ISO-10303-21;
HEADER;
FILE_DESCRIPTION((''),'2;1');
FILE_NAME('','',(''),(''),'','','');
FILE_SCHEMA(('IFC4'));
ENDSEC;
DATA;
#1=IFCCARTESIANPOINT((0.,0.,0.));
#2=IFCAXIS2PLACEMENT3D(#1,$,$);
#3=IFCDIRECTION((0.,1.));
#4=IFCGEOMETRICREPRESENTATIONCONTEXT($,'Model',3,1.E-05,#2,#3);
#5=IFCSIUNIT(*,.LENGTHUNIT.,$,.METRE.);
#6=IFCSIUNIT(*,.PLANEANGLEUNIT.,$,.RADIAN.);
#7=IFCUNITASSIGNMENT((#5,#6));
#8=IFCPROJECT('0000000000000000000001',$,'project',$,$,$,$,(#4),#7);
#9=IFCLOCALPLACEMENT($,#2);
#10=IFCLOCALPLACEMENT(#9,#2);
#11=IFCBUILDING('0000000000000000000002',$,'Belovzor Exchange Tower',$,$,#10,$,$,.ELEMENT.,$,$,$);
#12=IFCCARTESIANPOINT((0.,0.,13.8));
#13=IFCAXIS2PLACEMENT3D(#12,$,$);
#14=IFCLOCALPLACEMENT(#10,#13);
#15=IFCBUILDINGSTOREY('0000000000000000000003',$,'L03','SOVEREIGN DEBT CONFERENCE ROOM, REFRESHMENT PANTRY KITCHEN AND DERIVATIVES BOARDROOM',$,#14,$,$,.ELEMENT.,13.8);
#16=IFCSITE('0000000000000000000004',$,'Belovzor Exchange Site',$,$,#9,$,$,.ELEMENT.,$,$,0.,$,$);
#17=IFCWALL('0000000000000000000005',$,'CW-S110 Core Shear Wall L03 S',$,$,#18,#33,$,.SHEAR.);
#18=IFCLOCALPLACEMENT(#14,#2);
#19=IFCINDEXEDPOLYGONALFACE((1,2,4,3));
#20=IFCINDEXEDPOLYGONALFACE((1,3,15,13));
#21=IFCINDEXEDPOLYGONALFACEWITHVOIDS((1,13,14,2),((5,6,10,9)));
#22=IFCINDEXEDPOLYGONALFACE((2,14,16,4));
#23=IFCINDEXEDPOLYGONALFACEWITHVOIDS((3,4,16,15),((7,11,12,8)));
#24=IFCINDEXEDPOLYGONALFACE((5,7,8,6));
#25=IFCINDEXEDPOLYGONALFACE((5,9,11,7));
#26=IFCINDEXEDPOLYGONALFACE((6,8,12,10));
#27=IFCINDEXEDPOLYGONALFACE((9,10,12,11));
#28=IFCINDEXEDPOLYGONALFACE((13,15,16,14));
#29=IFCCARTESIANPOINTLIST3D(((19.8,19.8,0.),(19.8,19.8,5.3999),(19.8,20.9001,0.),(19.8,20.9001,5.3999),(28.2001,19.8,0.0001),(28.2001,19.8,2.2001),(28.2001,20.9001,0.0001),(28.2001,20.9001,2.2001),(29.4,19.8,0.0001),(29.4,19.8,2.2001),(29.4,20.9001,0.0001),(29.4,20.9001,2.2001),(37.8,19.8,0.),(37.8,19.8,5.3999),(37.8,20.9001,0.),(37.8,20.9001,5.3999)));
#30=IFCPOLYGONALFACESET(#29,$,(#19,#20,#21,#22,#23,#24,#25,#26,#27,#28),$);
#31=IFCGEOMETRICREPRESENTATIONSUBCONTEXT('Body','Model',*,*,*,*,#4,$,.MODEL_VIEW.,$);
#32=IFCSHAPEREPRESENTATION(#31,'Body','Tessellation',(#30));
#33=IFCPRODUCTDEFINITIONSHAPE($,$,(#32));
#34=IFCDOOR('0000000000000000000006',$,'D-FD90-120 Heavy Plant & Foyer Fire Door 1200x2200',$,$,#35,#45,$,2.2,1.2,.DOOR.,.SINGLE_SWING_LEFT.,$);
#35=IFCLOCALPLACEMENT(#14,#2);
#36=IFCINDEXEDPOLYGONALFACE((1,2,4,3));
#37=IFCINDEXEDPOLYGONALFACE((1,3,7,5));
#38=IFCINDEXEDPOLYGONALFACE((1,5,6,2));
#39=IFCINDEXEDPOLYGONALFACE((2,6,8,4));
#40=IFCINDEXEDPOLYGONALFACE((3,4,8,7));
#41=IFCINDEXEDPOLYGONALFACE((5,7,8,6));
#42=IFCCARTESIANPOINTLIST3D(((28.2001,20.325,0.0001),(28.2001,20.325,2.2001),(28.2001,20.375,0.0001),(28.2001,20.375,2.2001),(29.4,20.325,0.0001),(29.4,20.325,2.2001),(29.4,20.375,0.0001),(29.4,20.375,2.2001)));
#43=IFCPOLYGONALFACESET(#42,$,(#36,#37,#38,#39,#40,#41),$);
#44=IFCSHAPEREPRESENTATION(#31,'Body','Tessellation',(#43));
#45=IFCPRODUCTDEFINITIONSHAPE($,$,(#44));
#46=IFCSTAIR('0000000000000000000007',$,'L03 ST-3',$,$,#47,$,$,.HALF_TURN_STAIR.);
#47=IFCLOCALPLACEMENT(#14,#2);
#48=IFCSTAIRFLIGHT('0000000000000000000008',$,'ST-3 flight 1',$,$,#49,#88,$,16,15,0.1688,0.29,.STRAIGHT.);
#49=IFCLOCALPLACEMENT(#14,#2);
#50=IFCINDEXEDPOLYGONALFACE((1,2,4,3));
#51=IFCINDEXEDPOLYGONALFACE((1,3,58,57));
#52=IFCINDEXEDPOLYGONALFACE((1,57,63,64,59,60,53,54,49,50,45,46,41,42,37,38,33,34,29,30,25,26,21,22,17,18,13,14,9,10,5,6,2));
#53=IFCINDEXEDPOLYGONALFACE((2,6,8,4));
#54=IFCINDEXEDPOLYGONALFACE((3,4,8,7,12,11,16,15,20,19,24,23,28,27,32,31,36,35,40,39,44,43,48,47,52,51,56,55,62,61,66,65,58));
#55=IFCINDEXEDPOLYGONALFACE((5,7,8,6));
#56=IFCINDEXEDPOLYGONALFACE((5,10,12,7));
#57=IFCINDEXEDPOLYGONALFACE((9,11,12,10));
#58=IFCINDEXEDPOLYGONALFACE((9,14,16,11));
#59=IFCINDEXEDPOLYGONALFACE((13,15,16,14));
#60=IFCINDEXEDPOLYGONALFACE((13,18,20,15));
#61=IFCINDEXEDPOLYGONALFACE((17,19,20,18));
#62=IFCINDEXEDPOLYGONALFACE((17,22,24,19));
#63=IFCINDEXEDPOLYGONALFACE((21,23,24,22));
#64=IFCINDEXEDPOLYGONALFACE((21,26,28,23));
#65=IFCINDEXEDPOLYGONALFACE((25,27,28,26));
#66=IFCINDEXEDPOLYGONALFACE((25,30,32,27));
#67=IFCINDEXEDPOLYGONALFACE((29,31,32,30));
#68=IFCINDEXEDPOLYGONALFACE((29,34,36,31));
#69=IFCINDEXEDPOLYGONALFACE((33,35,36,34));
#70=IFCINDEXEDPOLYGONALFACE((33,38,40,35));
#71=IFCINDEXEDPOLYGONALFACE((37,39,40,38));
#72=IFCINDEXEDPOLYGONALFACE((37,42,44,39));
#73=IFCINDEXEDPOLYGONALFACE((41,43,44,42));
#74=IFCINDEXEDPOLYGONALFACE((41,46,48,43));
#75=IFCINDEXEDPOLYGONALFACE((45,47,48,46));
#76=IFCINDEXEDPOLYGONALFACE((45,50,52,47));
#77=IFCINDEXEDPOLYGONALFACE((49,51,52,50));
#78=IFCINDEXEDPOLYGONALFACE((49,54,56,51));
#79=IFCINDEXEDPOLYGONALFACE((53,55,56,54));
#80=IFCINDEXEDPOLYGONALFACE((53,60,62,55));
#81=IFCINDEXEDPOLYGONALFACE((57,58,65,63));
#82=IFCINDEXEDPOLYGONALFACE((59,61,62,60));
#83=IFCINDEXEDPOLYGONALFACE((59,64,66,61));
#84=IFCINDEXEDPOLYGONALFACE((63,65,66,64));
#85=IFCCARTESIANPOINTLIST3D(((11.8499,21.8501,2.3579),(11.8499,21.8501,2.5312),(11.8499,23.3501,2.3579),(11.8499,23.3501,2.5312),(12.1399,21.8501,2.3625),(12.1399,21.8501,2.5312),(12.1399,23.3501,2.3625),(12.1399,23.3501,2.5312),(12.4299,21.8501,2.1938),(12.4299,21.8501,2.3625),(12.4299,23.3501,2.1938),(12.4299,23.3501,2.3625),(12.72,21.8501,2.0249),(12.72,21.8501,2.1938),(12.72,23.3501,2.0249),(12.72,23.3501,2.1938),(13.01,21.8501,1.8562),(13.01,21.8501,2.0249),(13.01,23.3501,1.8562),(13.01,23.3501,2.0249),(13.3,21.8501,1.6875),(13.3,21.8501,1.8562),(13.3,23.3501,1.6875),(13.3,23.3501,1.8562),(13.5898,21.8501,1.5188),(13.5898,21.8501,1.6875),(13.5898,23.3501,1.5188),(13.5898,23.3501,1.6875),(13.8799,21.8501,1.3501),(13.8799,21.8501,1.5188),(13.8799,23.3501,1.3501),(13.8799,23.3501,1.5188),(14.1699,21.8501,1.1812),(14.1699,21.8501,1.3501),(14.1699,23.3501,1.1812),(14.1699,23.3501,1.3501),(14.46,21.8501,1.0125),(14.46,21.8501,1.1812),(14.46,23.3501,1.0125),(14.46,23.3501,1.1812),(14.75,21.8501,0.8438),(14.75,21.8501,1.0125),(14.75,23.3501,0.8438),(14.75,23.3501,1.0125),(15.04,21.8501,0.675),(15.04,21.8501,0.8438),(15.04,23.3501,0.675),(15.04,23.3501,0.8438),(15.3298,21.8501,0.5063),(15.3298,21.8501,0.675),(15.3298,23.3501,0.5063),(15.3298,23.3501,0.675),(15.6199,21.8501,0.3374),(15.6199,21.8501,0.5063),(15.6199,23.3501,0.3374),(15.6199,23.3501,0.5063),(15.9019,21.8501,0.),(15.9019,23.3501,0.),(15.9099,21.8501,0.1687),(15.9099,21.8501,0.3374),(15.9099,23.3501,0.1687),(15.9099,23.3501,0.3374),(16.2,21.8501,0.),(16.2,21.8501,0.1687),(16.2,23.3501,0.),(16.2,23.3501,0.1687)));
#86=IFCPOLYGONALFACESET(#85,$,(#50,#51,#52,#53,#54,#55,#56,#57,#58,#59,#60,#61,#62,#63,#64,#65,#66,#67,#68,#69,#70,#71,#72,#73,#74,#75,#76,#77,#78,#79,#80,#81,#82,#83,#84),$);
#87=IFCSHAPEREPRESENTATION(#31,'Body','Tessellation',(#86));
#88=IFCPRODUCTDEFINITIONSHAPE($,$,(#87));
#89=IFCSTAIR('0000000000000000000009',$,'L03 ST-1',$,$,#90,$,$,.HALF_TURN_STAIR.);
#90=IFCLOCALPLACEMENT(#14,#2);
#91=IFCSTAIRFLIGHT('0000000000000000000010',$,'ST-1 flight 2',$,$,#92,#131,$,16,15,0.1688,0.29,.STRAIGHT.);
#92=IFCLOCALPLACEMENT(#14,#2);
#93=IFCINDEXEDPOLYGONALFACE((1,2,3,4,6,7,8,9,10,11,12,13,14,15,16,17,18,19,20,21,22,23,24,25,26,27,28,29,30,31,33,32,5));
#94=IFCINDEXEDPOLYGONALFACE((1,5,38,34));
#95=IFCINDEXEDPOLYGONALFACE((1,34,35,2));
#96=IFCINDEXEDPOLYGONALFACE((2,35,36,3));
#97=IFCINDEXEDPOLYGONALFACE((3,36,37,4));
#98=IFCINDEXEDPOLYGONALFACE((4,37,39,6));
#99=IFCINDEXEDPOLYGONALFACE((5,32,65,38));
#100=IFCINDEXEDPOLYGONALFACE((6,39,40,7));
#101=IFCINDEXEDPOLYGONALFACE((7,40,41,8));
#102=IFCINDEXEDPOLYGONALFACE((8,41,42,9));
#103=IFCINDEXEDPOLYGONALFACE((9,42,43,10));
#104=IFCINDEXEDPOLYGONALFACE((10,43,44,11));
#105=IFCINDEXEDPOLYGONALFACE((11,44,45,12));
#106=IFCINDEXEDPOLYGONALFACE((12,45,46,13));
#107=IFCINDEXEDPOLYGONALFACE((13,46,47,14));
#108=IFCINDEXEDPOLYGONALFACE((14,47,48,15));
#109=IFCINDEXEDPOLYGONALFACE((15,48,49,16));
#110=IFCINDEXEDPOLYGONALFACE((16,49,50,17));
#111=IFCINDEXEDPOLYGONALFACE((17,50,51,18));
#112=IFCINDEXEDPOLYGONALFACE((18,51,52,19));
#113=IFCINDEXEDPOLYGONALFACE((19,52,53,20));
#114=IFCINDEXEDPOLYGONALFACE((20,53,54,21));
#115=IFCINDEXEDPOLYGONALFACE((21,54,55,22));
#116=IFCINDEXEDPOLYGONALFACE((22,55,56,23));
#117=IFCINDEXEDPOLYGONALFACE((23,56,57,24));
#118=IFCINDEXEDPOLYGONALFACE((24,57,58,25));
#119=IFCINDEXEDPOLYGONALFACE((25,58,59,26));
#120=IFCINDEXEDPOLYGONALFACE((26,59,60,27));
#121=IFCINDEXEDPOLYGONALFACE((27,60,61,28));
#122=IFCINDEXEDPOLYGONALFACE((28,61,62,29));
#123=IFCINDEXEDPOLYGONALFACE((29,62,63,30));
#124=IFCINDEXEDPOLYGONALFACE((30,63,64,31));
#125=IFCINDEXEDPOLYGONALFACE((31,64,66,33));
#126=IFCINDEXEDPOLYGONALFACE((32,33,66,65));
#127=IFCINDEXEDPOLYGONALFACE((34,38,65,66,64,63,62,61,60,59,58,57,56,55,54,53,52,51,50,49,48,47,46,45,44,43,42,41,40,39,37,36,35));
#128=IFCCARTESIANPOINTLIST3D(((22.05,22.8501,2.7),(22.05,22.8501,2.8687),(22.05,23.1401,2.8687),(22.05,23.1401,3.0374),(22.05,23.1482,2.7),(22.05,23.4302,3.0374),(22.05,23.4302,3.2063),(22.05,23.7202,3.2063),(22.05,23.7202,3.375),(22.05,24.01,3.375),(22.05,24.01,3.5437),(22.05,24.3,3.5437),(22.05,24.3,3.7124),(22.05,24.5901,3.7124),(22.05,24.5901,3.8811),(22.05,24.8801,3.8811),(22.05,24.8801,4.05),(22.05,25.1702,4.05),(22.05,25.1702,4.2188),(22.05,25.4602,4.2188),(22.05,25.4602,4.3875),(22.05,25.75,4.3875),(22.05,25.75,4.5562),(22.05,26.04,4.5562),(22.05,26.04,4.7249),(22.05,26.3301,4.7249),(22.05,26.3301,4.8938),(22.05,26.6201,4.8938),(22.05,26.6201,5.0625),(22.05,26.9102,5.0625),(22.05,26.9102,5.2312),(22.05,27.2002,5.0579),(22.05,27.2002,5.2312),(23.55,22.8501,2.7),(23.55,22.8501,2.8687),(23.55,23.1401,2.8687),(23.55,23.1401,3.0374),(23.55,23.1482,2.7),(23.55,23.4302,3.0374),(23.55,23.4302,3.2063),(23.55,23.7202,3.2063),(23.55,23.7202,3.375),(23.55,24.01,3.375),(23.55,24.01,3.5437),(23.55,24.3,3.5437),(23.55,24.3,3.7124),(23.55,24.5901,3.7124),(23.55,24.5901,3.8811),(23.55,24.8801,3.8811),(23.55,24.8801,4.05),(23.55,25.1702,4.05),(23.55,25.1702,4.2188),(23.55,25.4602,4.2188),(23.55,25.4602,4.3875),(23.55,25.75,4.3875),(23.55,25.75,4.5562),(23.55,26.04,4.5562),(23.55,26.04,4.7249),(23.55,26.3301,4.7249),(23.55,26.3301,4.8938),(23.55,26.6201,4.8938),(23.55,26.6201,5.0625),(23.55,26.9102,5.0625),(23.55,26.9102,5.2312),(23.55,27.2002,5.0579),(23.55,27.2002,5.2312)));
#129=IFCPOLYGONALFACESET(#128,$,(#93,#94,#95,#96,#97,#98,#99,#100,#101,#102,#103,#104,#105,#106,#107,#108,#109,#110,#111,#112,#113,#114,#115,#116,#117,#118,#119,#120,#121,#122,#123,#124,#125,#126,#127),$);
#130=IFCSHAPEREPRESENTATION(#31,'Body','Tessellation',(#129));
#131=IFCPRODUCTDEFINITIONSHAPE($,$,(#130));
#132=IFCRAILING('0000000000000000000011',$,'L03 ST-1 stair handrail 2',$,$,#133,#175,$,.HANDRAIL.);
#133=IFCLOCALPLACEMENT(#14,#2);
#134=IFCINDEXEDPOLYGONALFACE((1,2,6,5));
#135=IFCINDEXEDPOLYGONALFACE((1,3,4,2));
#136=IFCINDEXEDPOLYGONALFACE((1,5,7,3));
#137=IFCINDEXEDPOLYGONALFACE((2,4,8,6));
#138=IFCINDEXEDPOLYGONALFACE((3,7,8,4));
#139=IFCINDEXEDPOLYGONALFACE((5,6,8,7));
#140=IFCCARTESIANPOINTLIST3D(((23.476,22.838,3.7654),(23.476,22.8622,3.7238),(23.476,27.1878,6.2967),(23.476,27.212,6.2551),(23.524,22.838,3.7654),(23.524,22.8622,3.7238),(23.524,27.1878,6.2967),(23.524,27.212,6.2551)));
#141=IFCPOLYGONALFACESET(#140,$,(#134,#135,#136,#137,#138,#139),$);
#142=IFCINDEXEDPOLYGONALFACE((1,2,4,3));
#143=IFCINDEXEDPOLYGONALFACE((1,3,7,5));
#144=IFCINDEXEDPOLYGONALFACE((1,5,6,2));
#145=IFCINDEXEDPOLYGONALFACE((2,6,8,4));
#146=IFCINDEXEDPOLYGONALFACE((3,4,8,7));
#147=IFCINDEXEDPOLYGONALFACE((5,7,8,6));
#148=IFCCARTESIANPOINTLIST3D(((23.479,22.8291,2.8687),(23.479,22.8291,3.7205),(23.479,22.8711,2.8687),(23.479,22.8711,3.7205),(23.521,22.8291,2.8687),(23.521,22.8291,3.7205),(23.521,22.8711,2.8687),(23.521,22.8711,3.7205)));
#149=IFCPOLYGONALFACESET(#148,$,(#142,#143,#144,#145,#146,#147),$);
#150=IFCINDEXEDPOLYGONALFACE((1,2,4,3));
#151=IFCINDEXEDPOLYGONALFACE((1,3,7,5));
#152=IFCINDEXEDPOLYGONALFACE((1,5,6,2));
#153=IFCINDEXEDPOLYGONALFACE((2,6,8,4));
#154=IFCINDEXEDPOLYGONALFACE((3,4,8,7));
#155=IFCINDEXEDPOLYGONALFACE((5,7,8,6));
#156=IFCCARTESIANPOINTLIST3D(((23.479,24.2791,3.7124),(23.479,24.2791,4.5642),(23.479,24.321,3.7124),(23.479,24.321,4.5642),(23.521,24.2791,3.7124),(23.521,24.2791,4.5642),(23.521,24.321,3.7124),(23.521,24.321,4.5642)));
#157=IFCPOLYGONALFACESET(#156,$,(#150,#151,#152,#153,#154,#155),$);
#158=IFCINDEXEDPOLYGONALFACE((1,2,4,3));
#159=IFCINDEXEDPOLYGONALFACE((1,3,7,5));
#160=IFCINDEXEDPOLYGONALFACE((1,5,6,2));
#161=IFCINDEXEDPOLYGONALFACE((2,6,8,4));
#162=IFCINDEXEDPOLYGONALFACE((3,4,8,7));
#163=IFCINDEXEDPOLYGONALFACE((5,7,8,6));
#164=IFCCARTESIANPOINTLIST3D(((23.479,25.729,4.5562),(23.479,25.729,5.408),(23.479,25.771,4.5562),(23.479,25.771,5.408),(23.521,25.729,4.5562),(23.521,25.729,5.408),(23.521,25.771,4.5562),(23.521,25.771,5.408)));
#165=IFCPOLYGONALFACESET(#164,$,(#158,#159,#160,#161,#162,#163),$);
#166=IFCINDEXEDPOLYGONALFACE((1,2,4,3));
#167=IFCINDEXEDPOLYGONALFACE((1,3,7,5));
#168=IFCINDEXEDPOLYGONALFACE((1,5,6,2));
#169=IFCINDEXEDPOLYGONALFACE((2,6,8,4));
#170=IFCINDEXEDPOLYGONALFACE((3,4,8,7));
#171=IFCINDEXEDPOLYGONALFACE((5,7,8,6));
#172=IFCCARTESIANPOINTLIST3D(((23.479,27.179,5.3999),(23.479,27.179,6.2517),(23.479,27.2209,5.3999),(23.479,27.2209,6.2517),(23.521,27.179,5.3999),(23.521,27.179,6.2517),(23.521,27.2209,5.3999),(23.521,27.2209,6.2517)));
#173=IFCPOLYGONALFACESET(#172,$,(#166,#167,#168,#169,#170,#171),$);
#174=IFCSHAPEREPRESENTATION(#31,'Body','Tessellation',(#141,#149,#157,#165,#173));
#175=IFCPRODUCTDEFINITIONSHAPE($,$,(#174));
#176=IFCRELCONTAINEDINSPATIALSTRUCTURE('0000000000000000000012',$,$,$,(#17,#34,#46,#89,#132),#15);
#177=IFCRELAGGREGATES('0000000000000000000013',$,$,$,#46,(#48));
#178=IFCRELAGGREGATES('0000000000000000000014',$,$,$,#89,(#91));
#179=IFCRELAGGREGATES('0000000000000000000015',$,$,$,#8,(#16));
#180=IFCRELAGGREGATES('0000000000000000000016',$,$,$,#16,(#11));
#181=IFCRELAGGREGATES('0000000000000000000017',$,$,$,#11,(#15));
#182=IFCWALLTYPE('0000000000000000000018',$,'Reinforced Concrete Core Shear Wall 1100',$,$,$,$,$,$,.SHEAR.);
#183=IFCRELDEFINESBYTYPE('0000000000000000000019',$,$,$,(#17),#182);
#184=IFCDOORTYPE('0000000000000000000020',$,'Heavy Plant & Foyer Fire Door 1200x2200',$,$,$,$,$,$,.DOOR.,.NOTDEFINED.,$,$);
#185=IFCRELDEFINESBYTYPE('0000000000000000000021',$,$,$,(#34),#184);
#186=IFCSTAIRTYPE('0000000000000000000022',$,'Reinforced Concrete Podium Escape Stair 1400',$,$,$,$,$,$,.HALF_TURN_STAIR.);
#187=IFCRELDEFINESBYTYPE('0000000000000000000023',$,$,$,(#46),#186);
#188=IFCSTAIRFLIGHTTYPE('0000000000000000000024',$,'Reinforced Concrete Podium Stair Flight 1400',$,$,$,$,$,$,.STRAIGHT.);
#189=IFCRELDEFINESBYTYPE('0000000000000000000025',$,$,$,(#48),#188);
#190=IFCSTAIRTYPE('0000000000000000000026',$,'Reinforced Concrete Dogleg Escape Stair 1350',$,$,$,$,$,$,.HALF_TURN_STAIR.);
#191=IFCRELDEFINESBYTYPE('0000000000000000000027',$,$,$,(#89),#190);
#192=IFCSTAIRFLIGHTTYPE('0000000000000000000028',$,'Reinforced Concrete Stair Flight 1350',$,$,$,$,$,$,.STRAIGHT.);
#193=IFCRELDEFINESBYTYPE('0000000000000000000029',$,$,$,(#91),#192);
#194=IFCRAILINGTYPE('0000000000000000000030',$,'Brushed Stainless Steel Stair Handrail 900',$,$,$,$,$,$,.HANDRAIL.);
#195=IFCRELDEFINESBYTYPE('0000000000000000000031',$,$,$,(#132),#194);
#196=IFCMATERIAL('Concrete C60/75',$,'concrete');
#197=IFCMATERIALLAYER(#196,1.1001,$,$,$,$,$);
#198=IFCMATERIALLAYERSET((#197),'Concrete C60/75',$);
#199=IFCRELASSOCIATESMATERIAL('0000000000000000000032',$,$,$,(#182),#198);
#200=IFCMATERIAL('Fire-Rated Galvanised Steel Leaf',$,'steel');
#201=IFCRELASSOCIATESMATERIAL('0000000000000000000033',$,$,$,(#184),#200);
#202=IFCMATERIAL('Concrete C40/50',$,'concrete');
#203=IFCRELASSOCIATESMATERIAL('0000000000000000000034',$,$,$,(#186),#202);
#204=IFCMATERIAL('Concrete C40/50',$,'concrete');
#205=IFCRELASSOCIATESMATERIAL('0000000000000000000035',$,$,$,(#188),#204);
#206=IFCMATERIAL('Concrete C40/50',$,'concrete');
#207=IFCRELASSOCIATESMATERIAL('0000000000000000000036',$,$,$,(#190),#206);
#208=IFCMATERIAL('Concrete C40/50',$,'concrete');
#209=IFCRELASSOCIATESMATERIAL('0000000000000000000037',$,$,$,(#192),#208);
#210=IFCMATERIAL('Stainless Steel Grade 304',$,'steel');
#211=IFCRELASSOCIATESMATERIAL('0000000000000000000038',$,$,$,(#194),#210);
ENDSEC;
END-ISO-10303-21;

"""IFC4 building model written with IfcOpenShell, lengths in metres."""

from ifc_helpers import new_model, si_unit, direction, frame, frame_2d, origin, origin_2d, place, context, subcontext, project, spatial, polyline, rectangle, outline, extrude, material, layer, layer_set, type_object, element, fill, aggregate, save


model = new_model("IFC4")

# Units and contexts
model_context = context("Model", 3, precision=1e-05, world=origin(), true_north=direction((0.0, 1.0)))
body_context = subcontext(model_context, "Body", "Model", "MODEL_VIEW")
ifc_project = project(units=[si_unit("LENGTHUNIT", "METRE"), si_unit("PLANEANGLEUNIT", "RADIAN")], contexts=[model_context])

# Site, building, storey
site_placement = place(None, origin())
site = spatial("IfcSite", under=ifc_project, at=site_placement, Name="Belovzor Exchange Site", CompositionType="ELEMENT", RefElevation=0.0)
building_placement = place(site_placement, origin())
building = spatial("IfcBuilding", under=site, at=building_placement, Name="Belovzor Exchange Tower", CompositionType="ELEMENT")
storey_placement = place(building_placement, frame((0.0, 0.0, 13.8)))
storey = spatial("IfcBuildingStorey", under=building, at=storey_placement, Name="L03", Description="SOVEREIGN DEBT CONFERENCE ROOM, REFRESHMENT PANTRY KITCHEN AND DERIVATIVES BOARDROOM", CompositionType="ELEMENT", Elevation=13.8)

# Wall, opening, door
ifc_material_1 = material(Name="Concrete C60/75", Category="concrete")
ifc_layer_1 = layer(ifc_material_1, 1.1001)
ifc_layer_set_1 = layer_set([ifc_layer_1], Name="Concrete C60/75")
wall_type_1 = type_object("IfcWallType", Name="Reinforced Concrete Core Shear Wall 1100", PredefinedType="SHEAR", material=ifc_layer_set_1)
wall_1_placement = place(storey_placement, frame((19.8, 20.3501, 0.0), z_axis=(0.0, 0.0, 1.0), x_axis=(1.0, 0.0, 0.0)))
wall_1 = element("IfcWall", 1, at=wall_1_placement, inside=storey, type_object=wall_type_1, Name="CW-S110 Core Shear Wall L03 S", PredefinedType="SHEAR", context=body_context, shape_type="SweptSolid", body=[
    extrude(rectangle(XDim=18.0, YDim=1.1001, at=frame_2d((9.0, 0.0))), origin(), (0.0, 0.0, 1.0), 5.3999),
])
opening_1_placement = place(wall_1_placement, frame((8.3999, 0.0, 0.0)))
opening_1 = element("IfcOpeningElement", 2, at=opening_1_placement, cuts=wall_1, PredefinedType="OPENING", context=body_context, shape_type="SweptSolid", body=[
    extrude(rectangle(XDim=1.2, YDim=2.2, at=frame_2d((0.6001, 1.1001))), frame((0.0, 0.5601, 0.0), z_axis=(0.0, -1.0, 0.0), x_axis=(1.0, 0.0, 0.0)), (0.0, 0.0, 1.0), 1.1201),
])
ifc_material_2 = material(Name="Fire-Rated Galvanised Steel Leaf", Category="steel")
door_type_1 = type_object("IfcDoorType", Name="Heavy Plant & Foyer Fire Door 1200x2200", OperationType="NOTDEFINED", PredefinedType="DOOR", material=ifc_material_2)
door_1_placement = place(opening_1_placement, origin())
door_1 = element("IfcDoor", 3, at=door_1_placement, inside=storey, type_object=door_type_1, Name="D-FD90-120 Heavy Plant & Foyer Fire Door 1200x2200", OperationType="SINGLE_SWING_LEFT", OverallHeight=2.2, OverallWidth=1.2, PredefinedType="DOOR", context=body_context, shape_type="SweptSolid", body=[
    extrude(rectangle(XDim=1.2, YDim=2.2, at=frame_2d((0.6001, 1.1001))), frame((0.0, 0.0249, 0.0), z_axis=(0.0, -1.0, 0.0), x_axis=(1.0, 0.0, 0.0)), (0.0, 0.0, 1.0), 0.05),
])
fill(opening_1, door_1)

# Stairs, stair flights
ifc_material_3 = material(Name="Concrete C40/50", Category="concrete")
stair_type_1 = type_object("IfcStairType", Name="Reinforced Concrete Podium Escape Stair 1400", PredefinedType="HALF_TURN_STAIR", material=ifc_material_3)
stair_1_placement = place(storey_placement, origin())
stair_1 = element("IfcStair", 4, at=stair_1_placement, inside=storey, type_object=stair_type_1, Name="L03 ST-3", PredefinedType="HALF_TURN_STAIR")
ifc_material_4 = material(Name="Concrete C40/50", Category="concrete")
stair_flight_type_1 = type_object("IfcStairFlightType", Name="Reinforced Concrete Podium Stair Flight 1400", PredefinedType="STRAIGHT", material=ifc_material_4)
stair_flight_1_placement = place(storey_placement, frame((16.2, 22.6001, 0.0), z_axis=(0.0, 0.0, 1.0), x_axis=(-1.0, 0.0, 0.0)))
stair_flight_1 = element("IfcStairFlight", 5, at=stair_flight_1_placement, type_object=stair_flight_type_1, Name="ST-3 flight 1", NumberOfRisers=16, NumberOfTreads=15, PredefinedType="STRAIGHT", RiserHeight=0.1688, TreadLength=0.29, context=body_context, shape_type="SweptSolid", body=[
    extrude(outline(polyline([(0.0, 0.0), (0.0, 0.1687), (0.29, 0.1687), (0.29, 0.3374), (0.5801, 0.3374), (0.5801, 0.5063), (0.8701, 0.5063), (0.8701, 0.675), (1.1599, 0.675), (1.1599, 0.8438), (1.45, 0.8438), (1.45, 1.0125), (1.74, 1.0125), (1.74, 1.1812), (2.03, 1.1812), (2.03, 1.3501), (2.3201, 1.3501), (2.3201, 1.5188), (2.6101, 1.5188), (2.6101, 1.6875), (2.8999, 1.6875), (2.8999, 1.8562), (3.1899, 1.8562), (3.1899, 2.0249), (3.48, 2.0249), (3.48, 2.1938), (3.77, 2.1938), (3.77, 2.3625), (4.0601, 2.3625), (4.0601, 2.5312), (4.3501, 2.5312), (4.3501, 2.7), (4.3501, 2.3579), (0.2981, 0.0), (0.0, 0.0)])), frame((0.0, 0.75, 0.0), z_axis=(0.0, -1.0, 0.0), x_axis=(1.0, 0.0, 0.0)), (0.0, 0.0, 1.0), 1.5),
])
aggregate(stair_1, [stair_flight_1])
ifc_material_5 = material(Name="Concrete C40/50", Category="concrete")
stair_type_2 = type_object("IfcStairType", Name="Reinforced Concrete Dogleg Escape Stair 1350", PredefinedType="HALF_TURN_STAIR", material=ifc_material_5)
stair_2_placement = place(storey_placement, origin())
stair_2 = element("IfcStair", 6, at=stair_2_placement, inside=storey, type_object=stair_type_2, Name="L03 ST-1", PredefinedType="HALF_TURN_STAIR")
ifc_material_6 = material(Name="Concrete C40/50", Category="concrete")
stair_flight_type_2 = type_object("IfcStairFlightType", Name="Reinforced Concrete Stair Flight 1350", PredefinedType="STRAIGHT", material=ifc_material_6)
stair_flight_2_placement = place(storey_placement, frame((22.8, 22.8501, 2.7), z_axis=(0.0, 0.0, 1.0), x_axis=(0.0, 1.0, 0.0)))
stair_flight_2 = element("IfcStairFlight", 7, at=stair_flight_2_placement, type_object=stair_flight_type_2, Name="ST-1 flight 2", NumberOfRisers=16, NumberOfTreads=15, PredefinedType="STRAIGHT", RiserHeight=0.1688, TreadLength=0.29, context=body_context, shape_type="SweptSolid", body=[
    extrude(outline(polyline([(0.0, 0.0), (0.0, 0.1687), (0.29, 0.1687), (0.29, 0.3374), (0.5801, 0.3374), (0.5801, 0.5063), (0.8701, 0.5063), (0.8701, 0.675), (1.1599, 0.675), (1.1599, 0.8438), (1.45, 0.8438), (1.45, 1.0125), (1.74, 1.0125), (1.74, 1.1812), (2.03, 1.1812), (2.03, 1.3501), (2.3201, 1.3501), (2.3201, 1.5188), (2.6101, 1.5188), (2.6101, 1.6875), (2.8999, 1.6875), (2.8999, 1.8562), (3.1899, 1.8562), (3.1899, 2.0249), (3.48, 2.0249), (3.48, 2.1938), (3.77, 2.1938), (3.77, 2.3625), (4.0601, 2.3625), (4.0601, 2.5312), (4.3501, 2.5312), (4.3501, 2.7), (4.3501, 2.3579), (0.2981, 0.0), (0.0, 0.0)])), frame((0.0, 0.75, 0.0), z_axis=(0.0, -1.0, 0.0), x_axis=(1.0, 0.0, 0.0)), (0.0, 0.0, 1.0), 1.5),
])
aggregate(stair_2, [stair_flight_2])

# Railing
ifc_material_7 = material(Name="Stainless Steel Grade 304", Category="steel")
railing_type_1 = type_object("IfcRailingType", Name="Brushed Stainless Steel Stair Handrail 900", PredefinedType="HANDRAIL", material=ifc_material_7)
railing_1_placement = place(storey_placement, frame((23.5, 22.8501, 2.8687)))
element("IfcRailing", 8, at=railing_1_placement, inside=storey, type_object=railing_type_1, Name="L03 ST-1 stair handrail 2", PredefinedType="HANDRAIL", context=body_context, shape_type="SweptSolid", body=[
    extrude(rectangle(XDim=0.0481, YDim=0.0481, at=origin_2d()), frame((0.0, 0.0, 0.876), z_axis=(0.0, 0.864312, 0.502957), x_axis=(-1.0, 0.0, 0.0)), (0.0, 0.0, 1.0), 5.0327),
    extrude(rectangle(XDim=0.042, YDim=0.042, at=origin_2d()), origin(), (0.0, 0.0, 1.0), 0.8518),
    extrude(rectangle(XDim=0.042, YDim=0.042, at=origin_2d()), frame((0.0, 1.45, 0.8438)), (0.0, 0.0, 1.0), 0.8518),
    extrude(rectangle(XDim=0.042, YDim=0.042, at=origin_2d()), frame((0.0, 2.8999, 1.6875)), (0.0, 0.0, 1.0), 0.8518),
    extrude(rectangle(XDim=0.042, YDim=0.042, at=origin_2d()), frame((0.0, 4.3499, 2.5312)), (0.0, 0.0, 1.0), 0.8518),
])

save(model, "model.ifc")
